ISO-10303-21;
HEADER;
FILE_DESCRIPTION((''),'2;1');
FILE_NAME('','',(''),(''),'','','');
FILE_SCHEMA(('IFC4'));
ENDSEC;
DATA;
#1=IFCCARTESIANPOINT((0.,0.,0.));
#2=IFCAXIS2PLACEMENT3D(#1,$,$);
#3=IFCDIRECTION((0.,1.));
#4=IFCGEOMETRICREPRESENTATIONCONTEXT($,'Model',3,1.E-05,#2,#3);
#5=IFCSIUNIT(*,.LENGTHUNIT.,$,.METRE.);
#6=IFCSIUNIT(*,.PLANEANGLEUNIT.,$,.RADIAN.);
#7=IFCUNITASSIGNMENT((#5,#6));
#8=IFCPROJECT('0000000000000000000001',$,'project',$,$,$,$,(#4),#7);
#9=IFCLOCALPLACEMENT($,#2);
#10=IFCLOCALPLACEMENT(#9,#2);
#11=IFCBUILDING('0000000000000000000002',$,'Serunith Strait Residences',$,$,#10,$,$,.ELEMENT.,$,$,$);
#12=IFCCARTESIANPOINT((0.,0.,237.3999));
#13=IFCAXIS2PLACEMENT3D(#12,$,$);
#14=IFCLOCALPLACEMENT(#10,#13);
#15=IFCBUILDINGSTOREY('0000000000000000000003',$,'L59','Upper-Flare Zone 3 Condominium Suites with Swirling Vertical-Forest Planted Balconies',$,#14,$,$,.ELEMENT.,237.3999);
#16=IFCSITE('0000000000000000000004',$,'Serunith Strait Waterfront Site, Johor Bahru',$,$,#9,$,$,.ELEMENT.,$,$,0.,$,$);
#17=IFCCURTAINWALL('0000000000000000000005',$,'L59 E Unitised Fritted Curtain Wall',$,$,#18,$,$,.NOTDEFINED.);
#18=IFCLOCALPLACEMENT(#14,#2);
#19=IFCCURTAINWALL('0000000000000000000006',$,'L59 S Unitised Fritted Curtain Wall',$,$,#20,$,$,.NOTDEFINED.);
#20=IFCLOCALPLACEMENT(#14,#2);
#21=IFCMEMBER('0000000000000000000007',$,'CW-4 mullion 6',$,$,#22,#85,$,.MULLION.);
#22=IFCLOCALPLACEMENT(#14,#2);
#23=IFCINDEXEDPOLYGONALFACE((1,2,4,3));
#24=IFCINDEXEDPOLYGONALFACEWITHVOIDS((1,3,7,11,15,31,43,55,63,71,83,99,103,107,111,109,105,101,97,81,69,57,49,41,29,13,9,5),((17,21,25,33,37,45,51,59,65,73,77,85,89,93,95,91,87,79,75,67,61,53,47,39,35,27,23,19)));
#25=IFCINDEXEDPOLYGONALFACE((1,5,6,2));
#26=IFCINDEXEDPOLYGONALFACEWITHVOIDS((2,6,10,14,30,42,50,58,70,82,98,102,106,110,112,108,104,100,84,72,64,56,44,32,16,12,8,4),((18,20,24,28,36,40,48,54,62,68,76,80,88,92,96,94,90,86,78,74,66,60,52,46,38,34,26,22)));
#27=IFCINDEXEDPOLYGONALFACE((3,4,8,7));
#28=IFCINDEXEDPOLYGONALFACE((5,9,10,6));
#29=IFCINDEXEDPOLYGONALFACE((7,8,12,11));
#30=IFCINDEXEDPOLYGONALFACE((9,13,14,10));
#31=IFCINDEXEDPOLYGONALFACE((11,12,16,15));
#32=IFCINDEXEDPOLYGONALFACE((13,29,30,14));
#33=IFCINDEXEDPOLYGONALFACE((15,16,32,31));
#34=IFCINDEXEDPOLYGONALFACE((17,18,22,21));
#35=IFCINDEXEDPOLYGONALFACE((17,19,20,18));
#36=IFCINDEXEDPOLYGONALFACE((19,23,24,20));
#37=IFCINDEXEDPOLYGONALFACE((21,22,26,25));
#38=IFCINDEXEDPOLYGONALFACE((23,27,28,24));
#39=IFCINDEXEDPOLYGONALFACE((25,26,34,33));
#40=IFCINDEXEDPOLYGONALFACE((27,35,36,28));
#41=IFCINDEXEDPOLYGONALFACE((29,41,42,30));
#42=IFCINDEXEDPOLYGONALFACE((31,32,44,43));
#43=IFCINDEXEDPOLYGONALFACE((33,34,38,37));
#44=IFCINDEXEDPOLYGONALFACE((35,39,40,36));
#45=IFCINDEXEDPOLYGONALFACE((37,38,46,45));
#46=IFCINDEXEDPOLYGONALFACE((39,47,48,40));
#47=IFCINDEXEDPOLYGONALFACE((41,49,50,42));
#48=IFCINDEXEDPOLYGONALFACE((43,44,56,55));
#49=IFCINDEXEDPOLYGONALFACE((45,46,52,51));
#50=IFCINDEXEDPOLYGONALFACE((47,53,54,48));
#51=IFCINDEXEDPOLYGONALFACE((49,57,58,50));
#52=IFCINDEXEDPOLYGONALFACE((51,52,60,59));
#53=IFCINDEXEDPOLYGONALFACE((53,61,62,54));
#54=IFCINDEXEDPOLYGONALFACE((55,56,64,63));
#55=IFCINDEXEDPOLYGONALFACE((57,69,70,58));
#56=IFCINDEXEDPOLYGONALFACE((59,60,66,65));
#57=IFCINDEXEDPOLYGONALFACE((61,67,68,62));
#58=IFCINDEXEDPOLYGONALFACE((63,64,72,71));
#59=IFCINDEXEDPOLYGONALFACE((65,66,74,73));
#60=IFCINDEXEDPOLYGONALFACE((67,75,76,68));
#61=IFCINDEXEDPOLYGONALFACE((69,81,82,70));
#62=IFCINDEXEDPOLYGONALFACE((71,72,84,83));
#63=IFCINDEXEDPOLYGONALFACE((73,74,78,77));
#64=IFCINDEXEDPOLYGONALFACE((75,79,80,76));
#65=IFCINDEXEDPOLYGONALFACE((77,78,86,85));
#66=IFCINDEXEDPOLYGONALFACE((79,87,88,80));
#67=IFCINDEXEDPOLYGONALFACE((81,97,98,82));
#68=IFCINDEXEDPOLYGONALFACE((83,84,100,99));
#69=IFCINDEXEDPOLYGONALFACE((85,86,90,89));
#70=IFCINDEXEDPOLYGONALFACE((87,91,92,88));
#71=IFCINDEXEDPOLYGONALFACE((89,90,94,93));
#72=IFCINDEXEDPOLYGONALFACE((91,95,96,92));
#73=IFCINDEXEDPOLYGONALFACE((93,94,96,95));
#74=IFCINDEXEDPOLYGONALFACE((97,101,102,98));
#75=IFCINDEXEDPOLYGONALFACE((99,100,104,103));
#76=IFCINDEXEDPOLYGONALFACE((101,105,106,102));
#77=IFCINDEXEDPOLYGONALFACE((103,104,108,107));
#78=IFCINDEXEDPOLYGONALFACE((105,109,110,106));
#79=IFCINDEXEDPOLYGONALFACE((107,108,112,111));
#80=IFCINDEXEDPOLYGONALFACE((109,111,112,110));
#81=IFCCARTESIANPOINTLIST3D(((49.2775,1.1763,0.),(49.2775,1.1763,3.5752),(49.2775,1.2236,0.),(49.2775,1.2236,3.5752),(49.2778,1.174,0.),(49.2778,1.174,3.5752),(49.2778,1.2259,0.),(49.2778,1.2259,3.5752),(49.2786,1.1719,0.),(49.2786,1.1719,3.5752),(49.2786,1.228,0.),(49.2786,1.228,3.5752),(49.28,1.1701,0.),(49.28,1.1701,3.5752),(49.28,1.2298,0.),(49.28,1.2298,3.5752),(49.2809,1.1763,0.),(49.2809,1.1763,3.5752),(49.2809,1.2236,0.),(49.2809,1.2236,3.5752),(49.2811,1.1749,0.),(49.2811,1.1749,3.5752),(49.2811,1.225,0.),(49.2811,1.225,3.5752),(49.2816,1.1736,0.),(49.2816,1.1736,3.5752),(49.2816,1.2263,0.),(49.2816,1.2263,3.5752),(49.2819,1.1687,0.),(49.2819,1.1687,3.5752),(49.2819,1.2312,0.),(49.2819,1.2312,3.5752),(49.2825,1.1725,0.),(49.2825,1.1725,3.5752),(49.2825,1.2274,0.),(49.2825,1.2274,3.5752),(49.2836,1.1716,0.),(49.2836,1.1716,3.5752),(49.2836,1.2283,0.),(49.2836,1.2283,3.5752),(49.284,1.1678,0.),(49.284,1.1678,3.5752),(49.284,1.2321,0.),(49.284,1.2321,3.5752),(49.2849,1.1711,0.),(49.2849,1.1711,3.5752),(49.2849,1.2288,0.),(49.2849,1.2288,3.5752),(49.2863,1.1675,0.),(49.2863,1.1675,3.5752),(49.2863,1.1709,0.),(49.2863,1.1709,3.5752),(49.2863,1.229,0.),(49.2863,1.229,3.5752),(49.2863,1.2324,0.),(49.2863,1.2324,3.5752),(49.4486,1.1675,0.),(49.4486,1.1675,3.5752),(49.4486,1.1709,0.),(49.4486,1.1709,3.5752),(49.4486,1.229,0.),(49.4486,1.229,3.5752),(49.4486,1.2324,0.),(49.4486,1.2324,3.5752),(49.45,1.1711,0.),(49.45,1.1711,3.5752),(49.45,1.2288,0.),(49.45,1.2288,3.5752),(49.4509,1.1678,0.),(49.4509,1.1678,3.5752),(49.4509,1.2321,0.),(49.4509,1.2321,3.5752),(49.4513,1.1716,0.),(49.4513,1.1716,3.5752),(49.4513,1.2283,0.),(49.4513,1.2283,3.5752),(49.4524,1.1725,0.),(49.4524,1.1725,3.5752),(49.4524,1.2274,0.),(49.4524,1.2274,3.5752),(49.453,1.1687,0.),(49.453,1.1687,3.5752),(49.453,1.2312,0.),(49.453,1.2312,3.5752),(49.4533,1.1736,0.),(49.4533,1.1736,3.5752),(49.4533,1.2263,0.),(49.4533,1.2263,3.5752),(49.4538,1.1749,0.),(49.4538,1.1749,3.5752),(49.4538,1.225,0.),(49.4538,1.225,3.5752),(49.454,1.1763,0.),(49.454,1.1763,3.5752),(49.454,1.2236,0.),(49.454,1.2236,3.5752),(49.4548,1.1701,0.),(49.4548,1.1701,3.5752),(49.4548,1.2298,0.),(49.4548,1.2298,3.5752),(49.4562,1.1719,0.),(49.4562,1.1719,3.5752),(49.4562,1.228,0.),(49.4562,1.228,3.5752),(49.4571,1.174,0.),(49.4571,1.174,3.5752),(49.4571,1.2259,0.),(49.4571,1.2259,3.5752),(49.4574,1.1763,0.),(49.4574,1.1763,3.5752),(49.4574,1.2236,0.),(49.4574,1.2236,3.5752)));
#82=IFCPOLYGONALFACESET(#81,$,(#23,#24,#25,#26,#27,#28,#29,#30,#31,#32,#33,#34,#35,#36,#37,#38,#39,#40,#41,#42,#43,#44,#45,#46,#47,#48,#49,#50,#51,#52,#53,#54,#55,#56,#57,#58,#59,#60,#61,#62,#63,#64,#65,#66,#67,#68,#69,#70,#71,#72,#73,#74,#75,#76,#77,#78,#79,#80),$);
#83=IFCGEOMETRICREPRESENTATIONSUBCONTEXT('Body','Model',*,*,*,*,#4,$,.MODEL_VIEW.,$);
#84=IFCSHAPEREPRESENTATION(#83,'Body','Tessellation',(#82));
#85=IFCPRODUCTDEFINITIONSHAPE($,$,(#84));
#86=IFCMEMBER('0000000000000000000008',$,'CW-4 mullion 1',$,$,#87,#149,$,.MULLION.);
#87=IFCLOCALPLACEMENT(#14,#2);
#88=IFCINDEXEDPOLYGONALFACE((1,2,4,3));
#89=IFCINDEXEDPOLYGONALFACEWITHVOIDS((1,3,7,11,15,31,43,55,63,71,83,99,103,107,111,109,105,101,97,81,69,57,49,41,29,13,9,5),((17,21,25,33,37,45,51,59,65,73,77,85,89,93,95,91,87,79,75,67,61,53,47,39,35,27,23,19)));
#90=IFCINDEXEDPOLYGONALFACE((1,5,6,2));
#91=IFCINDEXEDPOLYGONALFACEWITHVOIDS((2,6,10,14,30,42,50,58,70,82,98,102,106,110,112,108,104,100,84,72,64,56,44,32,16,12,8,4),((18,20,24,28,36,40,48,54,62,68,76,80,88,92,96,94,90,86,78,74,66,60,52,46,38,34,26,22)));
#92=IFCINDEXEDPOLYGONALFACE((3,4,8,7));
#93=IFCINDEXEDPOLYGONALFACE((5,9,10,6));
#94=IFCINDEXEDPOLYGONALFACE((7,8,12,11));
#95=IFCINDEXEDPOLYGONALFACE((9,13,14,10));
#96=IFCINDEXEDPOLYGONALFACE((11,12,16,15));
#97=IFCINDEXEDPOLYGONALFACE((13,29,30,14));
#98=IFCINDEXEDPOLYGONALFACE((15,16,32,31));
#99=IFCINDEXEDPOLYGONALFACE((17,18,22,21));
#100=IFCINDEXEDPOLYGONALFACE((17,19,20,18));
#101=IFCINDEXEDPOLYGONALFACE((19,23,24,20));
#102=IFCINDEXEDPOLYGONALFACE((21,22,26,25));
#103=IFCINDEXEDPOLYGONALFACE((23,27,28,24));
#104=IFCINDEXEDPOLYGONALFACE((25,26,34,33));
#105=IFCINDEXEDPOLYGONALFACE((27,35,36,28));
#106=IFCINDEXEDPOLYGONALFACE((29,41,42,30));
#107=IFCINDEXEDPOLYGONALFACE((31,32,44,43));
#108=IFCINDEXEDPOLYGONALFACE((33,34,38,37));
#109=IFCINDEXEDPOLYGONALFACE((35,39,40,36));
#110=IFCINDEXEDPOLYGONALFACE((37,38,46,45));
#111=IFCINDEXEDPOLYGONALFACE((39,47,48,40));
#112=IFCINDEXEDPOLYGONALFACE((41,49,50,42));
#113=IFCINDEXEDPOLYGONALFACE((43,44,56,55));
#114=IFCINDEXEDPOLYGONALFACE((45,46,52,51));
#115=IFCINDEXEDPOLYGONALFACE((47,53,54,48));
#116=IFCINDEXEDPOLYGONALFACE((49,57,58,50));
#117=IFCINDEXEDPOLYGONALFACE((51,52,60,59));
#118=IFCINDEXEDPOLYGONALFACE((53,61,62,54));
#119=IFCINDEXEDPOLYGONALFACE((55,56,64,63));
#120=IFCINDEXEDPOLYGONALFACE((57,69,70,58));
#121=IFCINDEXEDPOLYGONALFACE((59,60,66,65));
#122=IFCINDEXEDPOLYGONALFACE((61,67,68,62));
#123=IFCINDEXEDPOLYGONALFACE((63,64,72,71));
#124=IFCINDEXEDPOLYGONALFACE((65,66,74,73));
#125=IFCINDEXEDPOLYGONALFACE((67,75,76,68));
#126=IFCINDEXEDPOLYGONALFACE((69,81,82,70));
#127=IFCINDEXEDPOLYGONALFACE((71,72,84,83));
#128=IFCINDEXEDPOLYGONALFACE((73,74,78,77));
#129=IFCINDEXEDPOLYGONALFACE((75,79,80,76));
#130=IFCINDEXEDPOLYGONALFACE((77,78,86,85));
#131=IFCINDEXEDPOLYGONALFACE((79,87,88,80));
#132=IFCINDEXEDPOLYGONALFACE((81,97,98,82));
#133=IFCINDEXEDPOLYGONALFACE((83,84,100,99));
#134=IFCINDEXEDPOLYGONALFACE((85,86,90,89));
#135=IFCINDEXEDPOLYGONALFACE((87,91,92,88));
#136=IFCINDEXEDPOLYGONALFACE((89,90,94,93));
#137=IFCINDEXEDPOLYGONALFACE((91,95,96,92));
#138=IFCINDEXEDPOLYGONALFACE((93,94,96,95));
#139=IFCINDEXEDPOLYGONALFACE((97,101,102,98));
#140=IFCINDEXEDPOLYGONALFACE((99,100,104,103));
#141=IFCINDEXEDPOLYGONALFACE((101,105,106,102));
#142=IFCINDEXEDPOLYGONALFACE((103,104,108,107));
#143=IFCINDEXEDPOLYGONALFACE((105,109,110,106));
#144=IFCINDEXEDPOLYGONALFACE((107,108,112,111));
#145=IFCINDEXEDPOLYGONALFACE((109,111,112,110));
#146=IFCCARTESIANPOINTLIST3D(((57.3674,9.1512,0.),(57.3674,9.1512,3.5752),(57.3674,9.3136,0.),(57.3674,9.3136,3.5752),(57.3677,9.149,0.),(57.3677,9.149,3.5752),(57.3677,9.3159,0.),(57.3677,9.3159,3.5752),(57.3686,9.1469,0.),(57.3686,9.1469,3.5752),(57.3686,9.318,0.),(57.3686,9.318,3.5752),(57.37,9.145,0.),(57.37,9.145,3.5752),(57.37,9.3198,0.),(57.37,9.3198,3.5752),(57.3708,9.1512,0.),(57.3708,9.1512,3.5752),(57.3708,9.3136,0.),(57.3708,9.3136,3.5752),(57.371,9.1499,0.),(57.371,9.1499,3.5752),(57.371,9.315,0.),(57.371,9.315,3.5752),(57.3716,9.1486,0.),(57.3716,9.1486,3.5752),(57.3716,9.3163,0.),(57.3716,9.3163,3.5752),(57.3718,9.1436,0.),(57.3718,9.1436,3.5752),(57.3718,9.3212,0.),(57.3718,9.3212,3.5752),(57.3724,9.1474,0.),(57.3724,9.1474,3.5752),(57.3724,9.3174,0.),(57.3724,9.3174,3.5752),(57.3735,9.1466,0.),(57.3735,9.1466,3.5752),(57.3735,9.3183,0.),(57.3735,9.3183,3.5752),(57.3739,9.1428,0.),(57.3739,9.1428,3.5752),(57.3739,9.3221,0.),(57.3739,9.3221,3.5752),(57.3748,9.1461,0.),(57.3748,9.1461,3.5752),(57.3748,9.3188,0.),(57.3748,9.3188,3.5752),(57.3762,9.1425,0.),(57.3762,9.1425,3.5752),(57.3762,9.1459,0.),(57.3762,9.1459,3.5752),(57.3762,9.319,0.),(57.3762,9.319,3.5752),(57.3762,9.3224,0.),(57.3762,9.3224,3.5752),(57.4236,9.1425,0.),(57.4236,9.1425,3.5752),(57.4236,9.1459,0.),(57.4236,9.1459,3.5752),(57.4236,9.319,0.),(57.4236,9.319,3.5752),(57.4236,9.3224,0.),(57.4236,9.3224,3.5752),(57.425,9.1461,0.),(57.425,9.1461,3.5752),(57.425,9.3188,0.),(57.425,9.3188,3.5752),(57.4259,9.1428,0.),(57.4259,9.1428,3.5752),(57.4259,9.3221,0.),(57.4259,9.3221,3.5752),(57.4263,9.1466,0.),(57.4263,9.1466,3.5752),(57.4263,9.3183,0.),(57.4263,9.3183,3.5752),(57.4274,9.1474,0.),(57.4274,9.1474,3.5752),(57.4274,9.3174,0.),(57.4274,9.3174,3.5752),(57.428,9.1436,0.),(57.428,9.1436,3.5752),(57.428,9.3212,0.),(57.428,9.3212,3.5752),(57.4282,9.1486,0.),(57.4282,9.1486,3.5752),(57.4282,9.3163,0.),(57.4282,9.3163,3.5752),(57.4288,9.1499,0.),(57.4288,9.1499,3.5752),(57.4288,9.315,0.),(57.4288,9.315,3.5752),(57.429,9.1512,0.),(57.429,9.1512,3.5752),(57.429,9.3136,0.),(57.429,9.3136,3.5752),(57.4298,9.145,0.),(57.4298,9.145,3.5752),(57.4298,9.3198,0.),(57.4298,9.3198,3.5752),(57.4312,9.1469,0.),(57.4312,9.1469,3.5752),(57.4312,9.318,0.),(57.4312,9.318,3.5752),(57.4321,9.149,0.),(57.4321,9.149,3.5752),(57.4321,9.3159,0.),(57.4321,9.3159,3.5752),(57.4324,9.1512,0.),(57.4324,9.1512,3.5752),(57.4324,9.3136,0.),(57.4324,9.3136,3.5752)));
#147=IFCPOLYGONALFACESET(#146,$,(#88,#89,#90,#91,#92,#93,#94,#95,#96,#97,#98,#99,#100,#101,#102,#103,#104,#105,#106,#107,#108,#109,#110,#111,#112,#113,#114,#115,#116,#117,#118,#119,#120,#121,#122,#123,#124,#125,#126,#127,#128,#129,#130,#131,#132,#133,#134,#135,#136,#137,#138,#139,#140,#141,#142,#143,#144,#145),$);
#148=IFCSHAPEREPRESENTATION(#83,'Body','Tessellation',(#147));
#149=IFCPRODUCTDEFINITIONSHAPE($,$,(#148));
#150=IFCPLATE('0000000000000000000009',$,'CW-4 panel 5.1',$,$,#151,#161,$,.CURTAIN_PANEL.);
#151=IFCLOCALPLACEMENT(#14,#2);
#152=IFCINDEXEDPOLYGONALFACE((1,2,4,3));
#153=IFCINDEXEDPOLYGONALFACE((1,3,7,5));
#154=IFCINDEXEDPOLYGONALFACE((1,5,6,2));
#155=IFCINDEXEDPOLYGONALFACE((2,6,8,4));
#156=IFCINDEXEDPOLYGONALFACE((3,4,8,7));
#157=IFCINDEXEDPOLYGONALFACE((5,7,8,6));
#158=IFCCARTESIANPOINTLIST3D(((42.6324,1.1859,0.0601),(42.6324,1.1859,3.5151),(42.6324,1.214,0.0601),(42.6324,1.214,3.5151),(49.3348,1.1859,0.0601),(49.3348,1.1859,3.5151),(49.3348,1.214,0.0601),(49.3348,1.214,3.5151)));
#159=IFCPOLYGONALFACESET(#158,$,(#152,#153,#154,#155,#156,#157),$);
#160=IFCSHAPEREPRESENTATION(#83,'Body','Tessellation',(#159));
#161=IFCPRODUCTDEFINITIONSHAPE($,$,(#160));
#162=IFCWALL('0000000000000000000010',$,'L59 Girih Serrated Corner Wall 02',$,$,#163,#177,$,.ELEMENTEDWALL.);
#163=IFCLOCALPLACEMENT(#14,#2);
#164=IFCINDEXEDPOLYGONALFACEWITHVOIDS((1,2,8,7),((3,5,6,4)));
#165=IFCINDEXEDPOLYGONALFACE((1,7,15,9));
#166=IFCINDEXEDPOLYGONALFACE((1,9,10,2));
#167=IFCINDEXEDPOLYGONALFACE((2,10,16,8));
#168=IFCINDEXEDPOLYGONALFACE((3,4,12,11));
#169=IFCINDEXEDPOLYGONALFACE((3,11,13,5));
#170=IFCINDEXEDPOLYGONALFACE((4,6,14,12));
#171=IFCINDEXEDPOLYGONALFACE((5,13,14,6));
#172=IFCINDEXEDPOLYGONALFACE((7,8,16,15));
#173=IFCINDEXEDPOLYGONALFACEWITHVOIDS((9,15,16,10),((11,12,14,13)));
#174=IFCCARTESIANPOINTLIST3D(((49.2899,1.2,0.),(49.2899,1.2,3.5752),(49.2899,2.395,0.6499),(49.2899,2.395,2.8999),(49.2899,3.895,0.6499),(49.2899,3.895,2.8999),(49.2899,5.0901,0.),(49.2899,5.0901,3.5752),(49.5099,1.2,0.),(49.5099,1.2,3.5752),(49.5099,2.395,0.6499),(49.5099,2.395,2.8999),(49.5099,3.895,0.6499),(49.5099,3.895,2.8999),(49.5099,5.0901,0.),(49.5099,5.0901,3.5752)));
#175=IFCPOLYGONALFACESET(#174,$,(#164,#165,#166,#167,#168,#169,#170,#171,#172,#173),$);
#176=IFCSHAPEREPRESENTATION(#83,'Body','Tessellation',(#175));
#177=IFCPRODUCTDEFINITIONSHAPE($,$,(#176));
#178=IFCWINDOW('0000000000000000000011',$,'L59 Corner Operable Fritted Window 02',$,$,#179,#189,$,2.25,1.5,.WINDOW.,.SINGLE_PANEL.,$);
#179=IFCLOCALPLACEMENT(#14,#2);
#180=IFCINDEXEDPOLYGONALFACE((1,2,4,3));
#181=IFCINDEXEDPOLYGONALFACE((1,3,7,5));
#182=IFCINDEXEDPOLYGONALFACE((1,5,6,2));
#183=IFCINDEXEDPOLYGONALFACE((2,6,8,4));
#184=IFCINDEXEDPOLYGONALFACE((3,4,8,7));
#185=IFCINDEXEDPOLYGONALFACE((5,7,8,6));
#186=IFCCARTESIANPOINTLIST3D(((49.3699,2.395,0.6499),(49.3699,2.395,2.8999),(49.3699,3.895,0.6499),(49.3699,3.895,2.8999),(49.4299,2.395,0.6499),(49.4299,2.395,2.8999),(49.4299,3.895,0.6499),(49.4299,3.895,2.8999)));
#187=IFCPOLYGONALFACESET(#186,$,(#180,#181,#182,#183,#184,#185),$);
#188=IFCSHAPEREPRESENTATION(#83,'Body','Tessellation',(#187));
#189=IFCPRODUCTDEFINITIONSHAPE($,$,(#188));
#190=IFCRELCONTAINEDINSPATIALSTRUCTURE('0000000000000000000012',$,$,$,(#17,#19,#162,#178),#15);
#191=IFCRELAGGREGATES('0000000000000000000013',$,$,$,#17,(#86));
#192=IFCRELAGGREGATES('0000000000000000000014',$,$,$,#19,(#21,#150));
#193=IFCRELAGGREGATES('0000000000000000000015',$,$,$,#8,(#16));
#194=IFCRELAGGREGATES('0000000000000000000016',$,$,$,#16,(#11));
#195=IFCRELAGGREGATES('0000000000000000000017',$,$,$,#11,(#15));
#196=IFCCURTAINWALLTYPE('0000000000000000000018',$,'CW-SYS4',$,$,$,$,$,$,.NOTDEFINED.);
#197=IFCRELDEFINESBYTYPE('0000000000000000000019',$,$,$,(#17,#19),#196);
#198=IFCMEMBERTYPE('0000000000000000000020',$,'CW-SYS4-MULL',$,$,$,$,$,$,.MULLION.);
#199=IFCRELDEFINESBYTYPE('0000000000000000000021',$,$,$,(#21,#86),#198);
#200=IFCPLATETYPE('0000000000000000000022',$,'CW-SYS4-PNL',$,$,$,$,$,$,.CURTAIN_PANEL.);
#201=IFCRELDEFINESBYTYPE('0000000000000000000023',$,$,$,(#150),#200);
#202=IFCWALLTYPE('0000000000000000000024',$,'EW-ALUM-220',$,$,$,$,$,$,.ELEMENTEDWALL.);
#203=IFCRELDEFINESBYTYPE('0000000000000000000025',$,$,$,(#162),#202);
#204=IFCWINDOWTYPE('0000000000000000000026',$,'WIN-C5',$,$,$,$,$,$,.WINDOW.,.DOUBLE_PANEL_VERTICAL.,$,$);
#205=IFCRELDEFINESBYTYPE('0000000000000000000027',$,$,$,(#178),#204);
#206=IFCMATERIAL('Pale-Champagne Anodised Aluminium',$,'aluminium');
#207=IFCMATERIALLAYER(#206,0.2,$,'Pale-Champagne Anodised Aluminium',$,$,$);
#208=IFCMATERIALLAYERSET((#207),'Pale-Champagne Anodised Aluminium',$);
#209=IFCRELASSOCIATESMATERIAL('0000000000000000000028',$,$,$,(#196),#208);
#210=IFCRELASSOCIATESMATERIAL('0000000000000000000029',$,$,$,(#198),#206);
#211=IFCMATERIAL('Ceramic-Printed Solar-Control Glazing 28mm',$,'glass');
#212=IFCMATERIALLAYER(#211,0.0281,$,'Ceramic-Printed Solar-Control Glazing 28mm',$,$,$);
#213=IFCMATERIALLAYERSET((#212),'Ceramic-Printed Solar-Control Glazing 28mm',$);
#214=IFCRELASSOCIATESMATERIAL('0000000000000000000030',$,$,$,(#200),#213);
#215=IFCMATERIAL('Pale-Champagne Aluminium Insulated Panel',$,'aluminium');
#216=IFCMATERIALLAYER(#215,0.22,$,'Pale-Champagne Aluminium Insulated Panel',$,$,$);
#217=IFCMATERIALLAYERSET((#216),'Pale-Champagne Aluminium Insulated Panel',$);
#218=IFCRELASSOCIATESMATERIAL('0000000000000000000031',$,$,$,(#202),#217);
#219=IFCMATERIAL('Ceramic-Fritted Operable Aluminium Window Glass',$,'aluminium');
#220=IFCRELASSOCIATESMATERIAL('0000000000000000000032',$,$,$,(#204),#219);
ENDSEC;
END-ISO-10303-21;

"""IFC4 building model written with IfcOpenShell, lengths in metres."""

from ifc_helpers import new_model, si_unit, direction, frame, frame_2d, origin, origin_2d, place, context, subcontext, project, spatial, rectangle, hollow_rectangle, extrude, source, transform, mapped, material, layer, layer_set, material_profile, profile_set, type_object, element, fill, aggregate, save


model = new_model("IFC4")

# Units and contexts
model_context = context("Model", 3, precision=1e-05, world=origin(), true_north=direction((0.0, 1.0)))
body_context = subcontext(model_context, "Body", "Model", "MODEL_VIEW")
ifc_project = project(units=[si_unit("LENGTHUNIT", "METRE"), si_unit("PLANEANGLEUNIT", "RADIAN")], contexts=[model_context])

# Site, building, storey
site_placement = place(None, origin())
site = spatial("IfcSite", under=ifc_project, at=site_placement, Name="Serunith Strait Waterfront Site, Johor Bahru", CompositionType="ELEMENT", RefElevation=0.0)
building_placement = place(site_placement, origin())
building = spatial("IfcBuilding", under=site, at=building_placement, Name="Serunith Strait Residences", CompositionType="ELEMENT")
storey_placement = place(building_placement, frame((0.0, 0.0, 237.3999)))
storey = spatial("IfcBuildingStorey", under=building, at=storey_placement, Name="L59", Description="Upper-Flare Zone 3 Condominium Suites with Swirling Vertical-Forest Planted Balconies", CompositionType="ELEMENT", Elevation=237.3999)

# Curtain walls, member
ifc_material_1 = material(Name="Pale-Champagne Anodised Aluminium", Category="aluminium")
ifc_layer_1 = layer(ifc_material_1, 0.2, Name="Pale-Champagne Anodised Aluminium")
ifc_layer_set_1 = layer_set([ifc_layer_1], Name="Pale-Champagne Anodised Aluminium")
curtain_wall_type = type_object("IfcCurtainWallType", Name="CW-SYS4", PredefinedType="NOTDEFINED", material=ifc_layer_set_1)
curtain_wall_1_placement = place(storey_placement, origin())
curtain_wall_1 = element("IfcCurtainWall", 1, at=curtain_wall_1_placement, inside=storey, type_object=curtain_wall_type, Name="L59 E Unitised Fritted Curtain Wall", PredefinedType="NOTDEFINED")
curtain_wall_2_placement = place(storey_placement, origin())
curtain_wall_2 = element("IfcCurtainWall", 2, at=curtain_wall_2_placement, inside=storey, type_object=curtain_wall_type, Name="L59 S Unitised Fritted Curtain Wall", PredefinedType="NOTDEFINED")
ifc_material_profile_1 = material_profile(ifc_material_1, hollow_rectangle(XDim=0.0649, YDim=0.1799, WallThickness=0.0034, InnerFilletRadius=0.0054, OuterFilletRadius=0.0088, at=origin_2d()), Name="ALU 180x65x3.5")
ifc_profile_set_1 = profile_set([ifc_material_profile_1], Name="Pale-Champagne Anodised Aluminium")
member_type_1 = type_object("IfcMemberType", Name="CW-SYS4-MULL", PredefinedType="MULLION", material=ifc_profile_set_1)
shared_shape_1 = source(origin(), body_context, "Body", "SweptSolid", [
    extrude(hollow_rectangle(XDim=0.0649, YDim=0.1799, WallThickness=0.0034, InnerFilletRadius=0.0054, OuterFilletRadius=0.0088, at=origin_2d()), origin(), (0.0, 0.0, 1.0), 3.5752),
])
member_1_placement = place(storey_placement, frame((49.3674, 1.2, 0.0), z_axis=(0.0, 0.0, 1.0), x_axis=(0.0, 1.0, 0.0)))
member_1 = element("IfcMember", 3, at=member_1_placement, type_object=member_type_1, Name="CW-4 mullion 6", PredefinedType="MULLION", context=body_context, shape_type="MappedRepresentation", body=[
    mapped(shared_shape_1, transform((0.0, 0.0, 0.0), scale=1.0)),
])

# Member
member_2_placement = place(storey_placement, frame((57.3999, 9.2324, 0.0), z_axis=(0.0, 0.0, 1.0), x_axis=(-1.0, 0.0, 0.0)))
member_2 = element("IfcMember", 4, at=member_2_placement, type_object=member_type_1, Name="CW-4 mullion 1", PredefinedType="MULLION", context=body_context, shape_type="MappedRepresentation", body=[
    mapped(shared_shape_1, transform((0.0, 0.0, 0.0), scale=1.0)),
])
aggregate(curtain_wall_1, [member_2])

# Plate
ifc_material_2 = material(Name="Ceramic-Printed Solar-Control Glazing 28mm", Category="glass")
ifc_layer_2 = layer(ifc_material_2, 0.0281, Name="Ceramic-Printed Solar-Control Glazing 28mm")
ifc_layer_set_2 = layer_set([ifc_layer_2], Name="Ceramic-Printed Solar-Control Glazing 28mm")
plate_type = type_object("IfcPlateType", Name="CW-SYS4-PNL", PredefinedType="CURTAIN_PANEL", material=ifc_layer_set_2)
shared_shape_2 = source(origin(), body_context, "Body", "SweptSolid", [
    extrude(rectangle(XDim=6.7024, YDim=0.0281, at=origin_2d()), origin(), (0.0, 0.0, 1.0), 3.4551),
])
plate_placement = place(storey_placement, frame((45.9836, 1.2, 0.0601), z_axis=(0.0, 0.0, 1.0), x_axis=(1.0, 0.0, 0.0)))
plate = element("IfcPlate", 5, at=plate_placement, type_object=plate_type, Name="CW-4 panel 5.1", PredefinedType="CURTAIN_PANEL", context=body_context, shape_type="MappedRepresentation", body=[
    mapped(shared_shape_2, transform((0.0, 0.0, 0.0), scale=1.0)),
])
aggregate(curtain_wall_2, [member_1, plate])

# Wall, opening, window
ifc_material_3 = material(Name="Pale-Champagne Aluminium Insulated Panel", Category="aluminium")
ifc_layer_3 = layer(ifc_material_3, 0.22, Name="Pale-Champagne Aluminium Insulated Panel")
ifc_layer_set_3 = layer_set([ifc_layer_3], Name="Pale-Champagne Aluminium Insulated Panel")
wall_type_1 = type_object("IfcWallType", Name="EW-ALUM-220", PredefinedType="ELEMENTEDWALL", material=ifc_layer_set_3)
wall_1_placement = place(storey_placement, frame((49.3999, 1.2, 0.0), z_axis=(0.0, 0.0, 1.0), x_axis=(0.0, 1.0, 0.0)))
wall_1 = element("IfcWall", 6, at=wall_1_placement, inside=storey, type_object=wall_type_1, Name="L59 Girih Serrated Corner Wall 02", PredefinedType="ELEMENTEDWALL", context=body_context, shape_type="SweptSolid", body=[
    extrude(rectangle(XDim=3.8901, YDim=0.22, at=frame_2d((1.9451, 0.0))), origin(), (0.0, 0.0, 1.0), 3.5752),
])
opening_1_placement = place(wall_1_placement, frame((1.1951, 0.0, 0.6499)))
opening_1 = element("IfcOpeningElement", 7, at=opening_1_placement, cuts=wall_1, PredefinedType="OPENING", context=body_context, shape_type="SweptSolid", body=[
    extrude(rectangle(XDim=1.5, YDim=2.25, at=frame_2d((0.75, 1.125))), frame((0.0, 0.1201, 0.0), z_axis=(0.0, -1.0, 0.0), x_axis=(1.0, 0.0, 0.0)), (0.0, 0.0, 1.0), 0.24),
])
ifc_material_4 = material(Name="Ceramic-Fritted Operable Aluminium Window Glass", Category="aluminium")
window_type = type_object("IfcWindowType", Name="WIN-C5", PartitioningType="DOUBLE_PANEL_VERTICAL", PredefinedType="WINDOW", material=ifc_material_4)
shared_shape_3 = source(origin(), body_context, "Body", "SweptSolid", [
    extrude(rectangle(XDim=1.5, YDim=2.25, at=frame_2d((0.75, 1.125))), frame((0.0, 0.03, 0.0), z_axis=(0.0, -1.0, 0.0), x_axis=(1.0, 0.0, 0.0)), (0.0, 0.0, 1.0), 0.0601),
])
window_1_placement = place(opening_1_placement, origin())
window_1 = element("IfcWindow", 8, at=window_1_placement, inside=storey, type_object=window_type, Name="L59 Corner Operable Fritted Window 02", OverallHeight=2.25, OverallWidth=1.5, PartitioningType="SINGLE_PANEL", PredefinedType="WINDOW", context=body_context, shape_type="MappedRepresentation", body=[
    mapped(shared_shape_3, transform((0.0, 0.0, 0.0), scale=1.0)),
])
fill(opening_1, window_1)

save(model, "model.ifc")
